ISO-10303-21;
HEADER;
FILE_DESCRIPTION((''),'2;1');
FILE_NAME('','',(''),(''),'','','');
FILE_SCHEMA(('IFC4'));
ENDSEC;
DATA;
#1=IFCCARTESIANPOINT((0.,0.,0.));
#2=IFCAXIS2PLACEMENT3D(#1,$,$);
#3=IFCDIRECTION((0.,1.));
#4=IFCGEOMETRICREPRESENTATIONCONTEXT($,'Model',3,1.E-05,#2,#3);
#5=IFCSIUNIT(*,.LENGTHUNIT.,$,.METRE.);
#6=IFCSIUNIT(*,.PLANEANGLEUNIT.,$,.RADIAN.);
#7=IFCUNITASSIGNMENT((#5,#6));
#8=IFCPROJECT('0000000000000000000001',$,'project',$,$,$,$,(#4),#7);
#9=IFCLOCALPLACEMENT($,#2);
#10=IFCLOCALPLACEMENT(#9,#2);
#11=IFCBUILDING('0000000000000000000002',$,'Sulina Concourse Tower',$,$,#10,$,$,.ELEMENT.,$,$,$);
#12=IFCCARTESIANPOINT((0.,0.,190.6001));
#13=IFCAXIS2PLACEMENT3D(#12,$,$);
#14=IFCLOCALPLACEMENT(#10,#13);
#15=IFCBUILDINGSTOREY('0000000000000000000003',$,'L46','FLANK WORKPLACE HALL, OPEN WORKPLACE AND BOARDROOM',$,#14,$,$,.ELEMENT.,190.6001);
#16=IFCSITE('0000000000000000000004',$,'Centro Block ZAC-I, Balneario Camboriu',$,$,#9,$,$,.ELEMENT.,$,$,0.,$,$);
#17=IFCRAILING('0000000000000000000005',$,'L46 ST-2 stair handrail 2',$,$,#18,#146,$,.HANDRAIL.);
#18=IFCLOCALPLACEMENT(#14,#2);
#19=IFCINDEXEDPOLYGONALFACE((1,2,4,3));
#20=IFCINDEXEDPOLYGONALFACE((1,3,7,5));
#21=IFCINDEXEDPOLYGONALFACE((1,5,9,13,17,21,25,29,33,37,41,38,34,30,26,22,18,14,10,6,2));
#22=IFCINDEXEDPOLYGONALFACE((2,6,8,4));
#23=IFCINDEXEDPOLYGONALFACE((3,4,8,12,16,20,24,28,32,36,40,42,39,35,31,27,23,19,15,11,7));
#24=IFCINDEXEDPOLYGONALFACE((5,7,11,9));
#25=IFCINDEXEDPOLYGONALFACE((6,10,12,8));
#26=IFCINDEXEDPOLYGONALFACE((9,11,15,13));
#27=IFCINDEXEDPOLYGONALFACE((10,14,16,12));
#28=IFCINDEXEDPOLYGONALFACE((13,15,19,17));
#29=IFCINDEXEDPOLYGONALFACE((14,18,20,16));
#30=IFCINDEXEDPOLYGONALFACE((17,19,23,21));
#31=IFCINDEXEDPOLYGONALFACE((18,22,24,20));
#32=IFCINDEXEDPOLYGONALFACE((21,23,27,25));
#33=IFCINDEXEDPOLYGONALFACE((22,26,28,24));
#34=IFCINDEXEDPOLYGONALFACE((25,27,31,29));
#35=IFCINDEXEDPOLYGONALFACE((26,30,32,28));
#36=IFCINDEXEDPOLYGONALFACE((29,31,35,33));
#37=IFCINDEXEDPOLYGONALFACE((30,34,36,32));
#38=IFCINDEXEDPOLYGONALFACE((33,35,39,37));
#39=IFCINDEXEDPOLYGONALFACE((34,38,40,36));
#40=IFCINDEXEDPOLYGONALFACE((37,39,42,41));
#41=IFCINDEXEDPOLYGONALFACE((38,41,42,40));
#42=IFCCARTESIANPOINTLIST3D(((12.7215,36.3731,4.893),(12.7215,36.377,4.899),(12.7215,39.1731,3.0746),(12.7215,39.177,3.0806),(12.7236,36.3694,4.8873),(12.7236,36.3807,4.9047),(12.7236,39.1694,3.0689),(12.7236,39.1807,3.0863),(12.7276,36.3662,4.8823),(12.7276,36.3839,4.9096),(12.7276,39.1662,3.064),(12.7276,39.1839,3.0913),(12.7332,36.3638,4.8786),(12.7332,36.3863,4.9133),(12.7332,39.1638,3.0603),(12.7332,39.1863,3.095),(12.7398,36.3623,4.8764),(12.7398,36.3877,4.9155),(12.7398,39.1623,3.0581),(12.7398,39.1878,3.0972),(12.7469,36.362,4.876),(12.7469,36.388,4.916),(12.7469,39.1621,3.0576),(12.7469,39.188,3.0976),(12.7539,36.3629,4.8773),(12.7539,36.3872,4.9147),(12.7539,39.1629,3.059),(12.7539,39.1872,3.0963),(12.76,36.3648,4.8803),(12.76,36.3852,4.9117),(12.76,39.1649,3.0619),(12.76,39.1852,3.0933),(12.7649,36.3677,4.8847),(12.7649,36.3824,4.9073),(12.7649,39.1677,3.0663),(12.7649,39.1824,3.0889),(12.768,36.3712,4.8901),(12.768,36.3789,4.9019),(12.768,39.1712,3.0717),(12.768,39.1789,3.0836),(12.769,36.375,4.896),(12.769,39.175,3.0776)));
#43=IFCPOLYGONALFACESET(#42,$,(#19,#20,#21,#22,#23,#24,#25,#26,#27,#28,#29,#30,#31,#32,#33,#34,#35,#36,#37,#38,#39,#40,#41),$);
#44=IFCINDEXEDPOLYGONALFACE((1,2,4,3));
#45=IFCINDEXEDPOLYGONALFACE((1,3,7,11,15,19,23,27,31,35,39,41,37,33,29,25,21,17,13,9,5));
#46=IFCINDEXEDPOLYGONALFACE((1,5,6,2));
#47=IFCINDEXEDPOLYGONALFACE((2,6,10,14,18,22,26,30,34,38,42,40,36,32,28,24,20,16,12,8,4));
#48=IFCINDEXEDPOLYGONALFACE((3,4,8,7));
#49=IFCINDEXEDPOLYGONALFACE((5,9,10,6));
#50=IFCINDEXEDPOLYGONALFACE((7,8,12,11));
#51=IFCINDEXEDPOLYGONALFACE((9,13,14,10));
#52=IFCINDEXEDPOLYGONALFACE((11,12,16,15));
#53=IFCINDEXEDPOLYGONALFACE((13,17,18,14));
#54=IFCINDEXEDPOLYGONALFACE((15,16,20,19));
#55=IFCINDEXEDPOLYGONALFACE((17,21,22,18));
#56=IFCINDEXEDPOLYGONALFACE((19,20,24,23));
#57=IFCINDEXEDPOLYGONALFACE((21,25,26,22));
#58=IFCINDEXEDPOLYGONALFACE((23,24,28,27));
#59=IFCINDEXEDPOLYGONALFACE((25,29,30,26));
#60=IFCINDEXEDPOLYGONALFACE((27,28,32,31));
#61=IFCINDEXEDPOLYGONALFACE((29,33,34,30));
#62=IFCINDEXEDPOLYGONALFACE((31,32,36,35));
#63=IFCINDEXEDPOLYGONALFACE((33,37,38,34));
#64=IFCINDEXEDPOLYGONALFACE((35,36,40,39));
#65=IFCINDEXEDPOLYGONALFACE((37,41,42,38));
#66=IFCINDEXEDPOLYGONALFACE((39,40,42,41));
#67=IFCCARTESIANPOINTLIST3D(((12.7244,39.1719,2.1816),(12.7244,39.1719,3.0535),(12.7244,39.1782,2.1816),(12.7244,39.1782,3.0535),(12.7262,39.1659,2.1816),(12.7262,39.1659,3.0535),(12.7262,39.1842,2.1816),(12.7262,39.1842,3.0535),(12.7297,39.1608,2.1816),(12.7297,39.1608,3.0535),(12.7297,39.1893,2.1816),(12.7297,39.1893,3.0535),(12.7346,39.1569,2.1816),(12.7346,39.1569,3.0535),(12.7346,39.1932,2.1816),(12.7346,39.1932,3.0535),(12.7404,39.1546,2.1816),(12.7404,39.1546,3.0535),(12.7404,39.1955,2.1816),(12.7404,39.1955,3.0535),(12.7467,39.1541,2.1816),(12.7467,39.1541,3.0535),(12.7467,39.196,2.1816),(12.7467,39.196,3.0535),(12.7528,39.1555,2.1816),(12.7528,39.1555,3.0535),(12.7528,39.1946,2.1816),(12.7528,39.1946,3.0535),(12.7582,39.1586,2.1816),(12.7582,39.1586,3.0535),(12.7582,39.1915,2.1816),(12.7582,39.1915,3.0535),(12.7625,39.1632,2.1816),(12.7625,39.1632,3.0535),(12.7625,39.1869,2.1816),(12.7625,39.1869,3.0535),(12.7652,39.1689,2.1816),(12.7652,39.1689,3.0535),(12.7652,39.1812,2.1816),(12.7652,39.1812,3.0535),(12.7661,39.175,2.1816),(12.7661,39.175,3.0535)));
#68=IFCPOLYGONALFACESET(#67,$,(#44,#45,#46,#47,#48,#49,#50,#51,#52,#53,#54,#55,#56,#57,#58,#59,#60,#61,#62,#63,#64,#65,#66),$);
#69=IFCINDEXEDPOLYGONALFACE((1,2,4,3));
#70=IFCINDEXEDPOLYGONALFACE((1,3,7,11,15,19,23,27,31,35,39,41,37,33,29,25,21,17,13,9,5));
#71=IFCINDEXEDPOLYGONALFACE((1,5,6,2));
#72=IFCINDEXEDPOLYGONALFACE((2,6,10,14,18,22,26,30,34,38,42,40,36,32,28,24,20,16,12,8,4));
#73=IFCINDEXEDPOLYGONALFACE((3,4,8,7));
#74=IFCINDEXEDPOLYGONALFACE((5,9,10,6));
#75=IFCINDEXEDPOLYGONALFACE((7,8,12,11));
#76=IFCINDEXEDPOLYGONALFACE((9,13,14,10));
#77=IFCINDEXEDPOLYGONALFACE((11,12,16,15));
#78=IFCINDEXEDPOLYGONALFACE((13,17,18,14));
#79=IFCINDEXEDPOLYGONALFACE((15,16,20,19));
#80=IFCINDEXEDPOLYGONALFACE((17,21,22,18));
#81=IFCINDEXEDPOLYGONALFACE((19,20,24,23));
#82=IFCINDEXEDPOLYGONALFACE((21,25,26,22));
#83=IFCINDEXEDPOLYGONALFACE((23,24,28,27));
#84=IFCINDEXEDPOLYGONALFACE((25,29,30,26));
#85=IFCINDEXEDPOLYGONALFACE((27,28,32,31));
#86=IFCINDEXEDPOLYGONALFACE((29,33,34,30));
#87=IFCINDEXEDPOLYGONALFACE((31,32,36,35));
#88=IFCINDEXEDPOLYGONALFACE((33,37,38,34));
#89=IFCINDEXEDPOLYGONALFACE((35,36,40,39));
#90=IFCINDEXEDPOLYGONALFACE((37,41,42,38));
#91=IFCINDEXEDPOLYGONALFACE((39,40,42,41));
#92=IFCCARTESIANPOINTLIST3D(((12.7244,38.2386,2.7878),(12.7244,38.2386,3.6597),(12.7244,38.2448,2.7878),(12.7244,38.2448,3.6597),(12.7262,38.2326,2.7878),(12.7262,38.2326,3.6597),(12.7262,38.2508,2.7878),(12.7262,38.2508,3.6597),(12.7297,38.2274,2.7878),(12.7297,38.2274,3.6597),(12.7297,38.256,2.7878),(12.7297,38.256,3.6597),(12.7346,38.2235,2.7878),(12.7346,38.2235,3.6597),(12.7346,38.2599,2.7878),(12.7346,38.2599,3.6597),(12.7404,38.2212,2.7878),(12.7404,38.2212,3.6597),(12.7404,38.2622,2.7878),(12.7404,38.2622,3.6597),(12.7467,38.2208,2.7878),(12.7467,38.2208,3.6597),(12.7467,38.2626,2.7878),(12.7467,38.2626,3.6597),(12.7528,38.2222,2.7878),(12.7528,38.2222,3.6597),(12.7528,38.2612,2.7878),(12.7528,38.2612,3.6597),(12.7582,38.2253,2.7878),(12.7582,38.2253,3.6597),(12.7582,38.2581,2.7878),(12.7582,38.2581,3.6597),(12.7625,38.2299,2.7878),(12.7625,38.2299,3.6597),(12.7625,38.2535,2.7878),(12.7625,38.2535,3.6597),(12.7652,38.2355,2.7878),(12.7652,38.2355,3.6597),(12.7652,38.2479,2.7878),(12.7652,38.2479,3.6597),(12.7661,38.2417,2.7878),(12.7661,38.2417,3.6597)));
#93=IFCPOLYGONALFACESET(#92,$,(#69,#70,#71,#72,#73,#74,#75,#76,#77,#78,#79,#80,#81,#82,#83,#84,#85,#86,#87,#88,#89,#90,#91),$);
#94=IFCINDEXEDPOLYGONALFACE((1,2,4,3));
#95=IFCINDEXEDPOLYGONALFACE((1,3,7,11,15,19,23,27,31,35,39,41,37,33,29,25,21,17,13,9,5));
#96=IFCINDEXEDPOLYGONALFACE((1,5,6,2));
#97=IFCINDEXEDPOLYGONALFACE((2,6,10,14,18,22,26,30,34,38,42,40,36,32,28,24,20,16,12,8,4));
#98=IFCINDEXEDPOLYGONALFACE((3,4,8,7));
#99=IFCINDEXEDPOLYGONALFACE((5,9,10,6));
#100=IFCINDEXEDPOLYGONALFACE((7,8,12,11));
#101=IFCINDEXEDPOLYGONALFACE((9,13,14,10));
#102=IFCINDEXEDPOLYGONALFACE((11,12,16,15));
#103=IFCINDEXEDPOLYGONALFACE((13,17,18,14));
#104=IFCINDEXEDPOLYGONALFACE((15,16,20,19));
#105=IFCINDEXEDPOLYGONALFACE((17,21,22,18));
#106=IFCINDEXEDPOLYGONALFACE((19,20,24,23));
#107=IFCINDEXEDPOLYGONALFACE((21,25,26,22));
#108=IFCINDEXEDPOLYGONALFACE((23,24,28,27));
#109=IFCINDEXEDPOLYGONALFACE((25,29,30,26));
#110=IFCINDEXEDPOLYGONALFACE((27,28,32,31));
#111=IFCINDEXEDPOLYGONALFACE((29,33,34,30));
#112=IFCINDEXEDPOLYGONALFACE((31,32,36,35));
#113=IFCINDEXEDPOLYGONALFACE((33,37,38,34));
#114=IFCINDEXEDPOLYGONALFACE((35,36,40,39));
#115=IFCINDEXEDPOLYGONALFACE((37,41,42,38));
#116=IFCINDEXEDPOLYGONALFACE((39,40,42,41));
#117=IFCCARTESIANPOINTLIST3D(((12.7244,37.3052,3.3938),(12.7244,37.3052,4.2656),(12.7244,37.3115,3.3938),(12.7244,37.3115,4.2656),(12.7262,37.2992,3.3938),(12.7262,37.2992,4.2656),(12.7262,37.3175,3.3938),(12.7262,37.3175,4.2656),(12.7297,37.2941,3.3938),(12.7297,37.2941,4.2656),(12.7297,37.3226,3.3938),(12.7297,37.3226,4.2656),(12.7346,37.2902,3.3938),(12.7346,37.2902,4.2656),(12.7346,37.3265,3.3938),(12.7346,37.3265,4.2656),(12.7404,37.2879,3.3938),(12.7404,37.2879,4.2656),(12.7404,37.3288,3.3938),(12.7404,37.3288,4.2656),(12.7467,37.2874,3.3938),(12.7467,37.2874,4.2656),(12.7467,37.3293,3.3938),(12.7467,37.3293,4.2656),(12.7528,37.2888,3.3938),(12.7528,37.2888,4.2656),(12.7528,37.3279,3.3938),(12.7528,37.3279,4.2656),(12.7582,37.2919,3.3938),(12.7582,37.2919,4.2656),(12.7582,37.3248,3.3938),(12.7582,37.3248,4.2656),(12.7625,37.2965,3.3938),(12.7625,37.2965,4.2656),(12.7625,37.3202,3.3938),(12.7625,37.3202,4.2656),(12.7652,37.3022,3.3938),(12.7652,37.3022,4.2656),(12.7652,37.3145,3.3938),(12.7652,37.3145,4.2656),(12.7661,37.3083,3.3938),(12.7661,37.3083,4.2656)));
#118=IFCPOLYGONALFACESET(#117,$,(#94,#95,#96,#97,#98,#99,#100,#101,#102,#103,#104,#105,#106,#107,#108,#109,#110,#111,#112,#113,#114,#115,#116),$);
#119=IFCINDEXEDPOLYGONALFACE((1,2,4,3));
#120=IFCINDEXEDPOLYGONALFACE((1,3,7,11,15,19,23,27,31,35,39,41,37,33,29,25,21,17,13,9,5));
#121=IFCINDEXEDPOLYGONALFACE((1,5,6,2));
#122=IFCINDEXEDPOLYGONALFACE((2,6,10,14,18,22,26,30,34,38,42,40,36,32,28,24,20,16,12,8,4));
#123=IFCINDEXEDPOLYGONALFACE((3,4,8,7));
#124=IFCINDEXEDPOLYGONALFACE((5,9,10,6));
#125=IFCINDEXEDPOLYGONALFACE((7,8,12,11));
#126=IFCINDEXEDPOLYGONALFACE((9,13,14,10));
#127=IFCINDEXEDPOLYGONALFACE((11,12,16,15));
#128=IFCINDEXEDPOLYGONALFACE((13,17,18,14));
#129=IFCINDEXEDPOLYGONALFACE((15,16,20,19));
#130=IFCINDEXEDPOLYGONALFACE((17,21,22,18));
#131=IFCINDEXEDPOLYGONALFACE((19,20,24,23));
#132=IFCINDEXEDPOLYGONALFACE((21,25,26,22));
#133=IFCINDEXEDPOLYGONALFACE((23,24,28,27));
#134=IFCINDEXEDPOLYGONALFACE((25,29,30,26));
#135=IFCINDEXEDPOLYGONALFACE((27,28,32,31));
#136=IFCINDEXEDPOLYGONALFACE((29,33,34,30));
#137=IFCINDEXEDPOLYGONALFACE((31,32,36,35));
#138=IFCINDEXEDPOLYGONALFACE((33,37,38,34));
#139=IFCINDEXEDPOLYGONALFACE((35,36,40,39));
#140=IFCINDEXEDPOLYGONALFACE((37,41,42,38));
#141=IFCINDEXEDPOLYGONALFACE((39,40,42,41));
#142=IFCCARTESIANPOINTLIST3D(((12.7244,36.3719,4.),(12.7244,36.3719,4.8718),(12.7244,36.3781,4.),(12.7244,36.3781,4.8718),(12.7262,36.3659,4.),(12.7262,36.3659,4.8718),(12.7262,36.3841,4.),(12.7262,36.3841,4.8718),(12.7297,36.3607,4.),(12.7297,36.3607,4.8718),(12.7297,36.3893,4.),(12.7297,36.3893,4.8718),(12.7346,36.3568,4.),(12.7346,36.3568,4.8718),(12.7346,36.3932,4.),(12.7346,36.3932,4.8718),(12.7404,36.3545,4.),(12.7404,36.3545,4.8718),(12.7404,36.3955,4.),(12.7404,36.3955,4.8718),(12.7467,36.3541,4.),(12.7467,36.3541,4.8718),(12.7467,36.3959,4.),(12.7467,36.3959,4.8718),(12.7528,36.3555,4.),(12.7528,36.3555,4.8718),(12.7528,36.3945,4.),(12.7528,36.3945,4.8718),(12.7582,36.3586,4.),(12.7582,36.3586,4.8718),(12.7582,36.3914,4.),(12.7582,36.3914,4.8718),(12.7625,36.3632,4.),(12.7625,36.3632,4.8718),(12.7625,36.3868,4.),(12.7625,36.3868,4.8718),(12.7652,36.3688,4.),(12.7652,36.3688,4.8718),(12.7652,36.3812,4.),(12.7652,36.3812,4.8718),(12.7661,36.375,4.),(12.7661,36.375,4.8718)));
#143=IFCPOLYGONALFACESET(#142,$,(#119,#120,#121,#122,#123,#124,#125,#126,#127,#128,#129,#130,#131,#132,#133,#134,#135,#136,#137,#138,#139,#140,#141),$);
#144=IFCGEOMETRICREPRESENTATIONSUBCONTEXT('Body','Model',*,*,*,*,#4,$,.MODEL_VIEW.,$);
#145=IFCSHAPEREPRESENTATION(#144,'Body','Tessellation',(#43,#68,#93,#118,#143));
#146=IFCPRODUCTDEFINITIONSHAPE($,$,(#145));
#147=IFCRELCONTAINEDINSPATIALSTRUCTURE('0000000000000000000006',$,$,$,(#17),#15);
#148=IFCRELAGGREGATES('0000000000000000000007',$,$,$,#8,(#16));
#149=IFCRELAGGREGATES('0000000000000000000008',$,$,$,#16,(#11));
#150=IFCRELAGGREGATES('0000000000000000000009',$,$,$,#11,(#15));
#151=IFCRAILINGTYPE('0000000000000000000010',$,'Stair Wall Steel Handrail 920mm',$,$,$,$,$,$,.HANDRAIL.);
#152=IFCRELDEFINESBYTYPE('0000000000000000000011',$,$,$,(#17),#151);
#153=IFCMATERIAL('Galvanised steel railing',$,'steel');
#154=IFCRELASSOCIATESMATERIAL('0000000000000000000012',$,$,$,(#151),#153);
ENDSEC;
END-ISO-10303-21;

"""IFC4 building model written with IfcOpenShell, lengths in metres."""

from ifc_helpers import new_model, si_unit, direction, frame, origin, origin_2d, place, context, subcontext, project, spatial, circle, extrude, material, type_object, element, save


model = new_model("IFC4")

# Units and contexts
model_context = context("Model", 3, precision=1e-05, world=origin(), true_north=direction((0.0, 1.0)))
body_context = subcontext(model_context, "Body", "Model", "MODEL_VIEW")
ifc_project = project(units=[si_unit("LENGTHUNIT", "METRE"), si_unit("PLANEANGLEUNIT", "RADIAN")], contexts=[model_context])

# Site, building, storey
site_placement = place(None, origin())
site = spatial("IfcSite", under=ifc_project, at=site_placement, Name="Centro Block ZAC-I, Balneario Camboriu", CompositionType="ELEMENT", RefElevation=0.0)
building_placement = place(site_placement, origin())
building = spatial("IfcBuilding", under=site, at=building_placement, Name="Sulina Concourse Tower", CompositionType="ELEMENT")
storey_placement = place(building_placement, frame((0.0, 0.0, 190.6001)))
storey = spatial("IfcBuildingStorey", under=building, at=storey_placement, Name="L46", Description="FLANK WORKPLACE HALL, OPEN WORKPLACE AND BOARDROOM", CompositionType="ELEMENT", Elevation=190.6001)

# Railing
ifc_material_1 = material(Name="Galvanised steel railing", Category="steel")
railing_type_1 = type_object("IfcRailingType", Name="Stair Wall Steel Handrail 920mm", PredefinedType="HANDRAIL", material=ifc_material_1)
railing_1_placement = place(storey_placement, frame((12.7451, 39.175, 2.1816)))
element("IfcRailing", 1, at=railing_1_placement, inside=storey, type_object=railing_type_1, Name="L46 ST-2 stair handrail 2", PredefinedType="HANDRAIL", context=body_context, shape_type="SweptSolid", body=[
    extrude(circle(Radius=0.0239, at=origin_2d()), frame((0.0, 0.0, 0.896), z_axis=(0.0, -0.838672, 0.544636), x_axis=(1.0, 0.0, 0.0)), (0.0, 0.0, 1.0), 3.3386),
    extrude(circle(Radius=0.021, at=origin_2d()), origin(), (0.0, 0.0, 1.0), 0.8718),
    extrude(circle(Radius=0.021, at=origin_2d()), frame((0.0, -0.9333, 0.6062)), (0.0, 0.0, 1.0), 0.8718),
    extrude(circle(Radius=0.021, at=origin_2d()), frame((0.0, -1.8667, 1.2122)), (0.0, 0.0, 1.0), 0.8718),
    extrude(circle(Radius=0.021, at=origin_2d()), frame((0.0, -2.8, 1.8184)), (0.0, 0.0, 1.0), 0.8718),
])

save(model, "model.ifc")
